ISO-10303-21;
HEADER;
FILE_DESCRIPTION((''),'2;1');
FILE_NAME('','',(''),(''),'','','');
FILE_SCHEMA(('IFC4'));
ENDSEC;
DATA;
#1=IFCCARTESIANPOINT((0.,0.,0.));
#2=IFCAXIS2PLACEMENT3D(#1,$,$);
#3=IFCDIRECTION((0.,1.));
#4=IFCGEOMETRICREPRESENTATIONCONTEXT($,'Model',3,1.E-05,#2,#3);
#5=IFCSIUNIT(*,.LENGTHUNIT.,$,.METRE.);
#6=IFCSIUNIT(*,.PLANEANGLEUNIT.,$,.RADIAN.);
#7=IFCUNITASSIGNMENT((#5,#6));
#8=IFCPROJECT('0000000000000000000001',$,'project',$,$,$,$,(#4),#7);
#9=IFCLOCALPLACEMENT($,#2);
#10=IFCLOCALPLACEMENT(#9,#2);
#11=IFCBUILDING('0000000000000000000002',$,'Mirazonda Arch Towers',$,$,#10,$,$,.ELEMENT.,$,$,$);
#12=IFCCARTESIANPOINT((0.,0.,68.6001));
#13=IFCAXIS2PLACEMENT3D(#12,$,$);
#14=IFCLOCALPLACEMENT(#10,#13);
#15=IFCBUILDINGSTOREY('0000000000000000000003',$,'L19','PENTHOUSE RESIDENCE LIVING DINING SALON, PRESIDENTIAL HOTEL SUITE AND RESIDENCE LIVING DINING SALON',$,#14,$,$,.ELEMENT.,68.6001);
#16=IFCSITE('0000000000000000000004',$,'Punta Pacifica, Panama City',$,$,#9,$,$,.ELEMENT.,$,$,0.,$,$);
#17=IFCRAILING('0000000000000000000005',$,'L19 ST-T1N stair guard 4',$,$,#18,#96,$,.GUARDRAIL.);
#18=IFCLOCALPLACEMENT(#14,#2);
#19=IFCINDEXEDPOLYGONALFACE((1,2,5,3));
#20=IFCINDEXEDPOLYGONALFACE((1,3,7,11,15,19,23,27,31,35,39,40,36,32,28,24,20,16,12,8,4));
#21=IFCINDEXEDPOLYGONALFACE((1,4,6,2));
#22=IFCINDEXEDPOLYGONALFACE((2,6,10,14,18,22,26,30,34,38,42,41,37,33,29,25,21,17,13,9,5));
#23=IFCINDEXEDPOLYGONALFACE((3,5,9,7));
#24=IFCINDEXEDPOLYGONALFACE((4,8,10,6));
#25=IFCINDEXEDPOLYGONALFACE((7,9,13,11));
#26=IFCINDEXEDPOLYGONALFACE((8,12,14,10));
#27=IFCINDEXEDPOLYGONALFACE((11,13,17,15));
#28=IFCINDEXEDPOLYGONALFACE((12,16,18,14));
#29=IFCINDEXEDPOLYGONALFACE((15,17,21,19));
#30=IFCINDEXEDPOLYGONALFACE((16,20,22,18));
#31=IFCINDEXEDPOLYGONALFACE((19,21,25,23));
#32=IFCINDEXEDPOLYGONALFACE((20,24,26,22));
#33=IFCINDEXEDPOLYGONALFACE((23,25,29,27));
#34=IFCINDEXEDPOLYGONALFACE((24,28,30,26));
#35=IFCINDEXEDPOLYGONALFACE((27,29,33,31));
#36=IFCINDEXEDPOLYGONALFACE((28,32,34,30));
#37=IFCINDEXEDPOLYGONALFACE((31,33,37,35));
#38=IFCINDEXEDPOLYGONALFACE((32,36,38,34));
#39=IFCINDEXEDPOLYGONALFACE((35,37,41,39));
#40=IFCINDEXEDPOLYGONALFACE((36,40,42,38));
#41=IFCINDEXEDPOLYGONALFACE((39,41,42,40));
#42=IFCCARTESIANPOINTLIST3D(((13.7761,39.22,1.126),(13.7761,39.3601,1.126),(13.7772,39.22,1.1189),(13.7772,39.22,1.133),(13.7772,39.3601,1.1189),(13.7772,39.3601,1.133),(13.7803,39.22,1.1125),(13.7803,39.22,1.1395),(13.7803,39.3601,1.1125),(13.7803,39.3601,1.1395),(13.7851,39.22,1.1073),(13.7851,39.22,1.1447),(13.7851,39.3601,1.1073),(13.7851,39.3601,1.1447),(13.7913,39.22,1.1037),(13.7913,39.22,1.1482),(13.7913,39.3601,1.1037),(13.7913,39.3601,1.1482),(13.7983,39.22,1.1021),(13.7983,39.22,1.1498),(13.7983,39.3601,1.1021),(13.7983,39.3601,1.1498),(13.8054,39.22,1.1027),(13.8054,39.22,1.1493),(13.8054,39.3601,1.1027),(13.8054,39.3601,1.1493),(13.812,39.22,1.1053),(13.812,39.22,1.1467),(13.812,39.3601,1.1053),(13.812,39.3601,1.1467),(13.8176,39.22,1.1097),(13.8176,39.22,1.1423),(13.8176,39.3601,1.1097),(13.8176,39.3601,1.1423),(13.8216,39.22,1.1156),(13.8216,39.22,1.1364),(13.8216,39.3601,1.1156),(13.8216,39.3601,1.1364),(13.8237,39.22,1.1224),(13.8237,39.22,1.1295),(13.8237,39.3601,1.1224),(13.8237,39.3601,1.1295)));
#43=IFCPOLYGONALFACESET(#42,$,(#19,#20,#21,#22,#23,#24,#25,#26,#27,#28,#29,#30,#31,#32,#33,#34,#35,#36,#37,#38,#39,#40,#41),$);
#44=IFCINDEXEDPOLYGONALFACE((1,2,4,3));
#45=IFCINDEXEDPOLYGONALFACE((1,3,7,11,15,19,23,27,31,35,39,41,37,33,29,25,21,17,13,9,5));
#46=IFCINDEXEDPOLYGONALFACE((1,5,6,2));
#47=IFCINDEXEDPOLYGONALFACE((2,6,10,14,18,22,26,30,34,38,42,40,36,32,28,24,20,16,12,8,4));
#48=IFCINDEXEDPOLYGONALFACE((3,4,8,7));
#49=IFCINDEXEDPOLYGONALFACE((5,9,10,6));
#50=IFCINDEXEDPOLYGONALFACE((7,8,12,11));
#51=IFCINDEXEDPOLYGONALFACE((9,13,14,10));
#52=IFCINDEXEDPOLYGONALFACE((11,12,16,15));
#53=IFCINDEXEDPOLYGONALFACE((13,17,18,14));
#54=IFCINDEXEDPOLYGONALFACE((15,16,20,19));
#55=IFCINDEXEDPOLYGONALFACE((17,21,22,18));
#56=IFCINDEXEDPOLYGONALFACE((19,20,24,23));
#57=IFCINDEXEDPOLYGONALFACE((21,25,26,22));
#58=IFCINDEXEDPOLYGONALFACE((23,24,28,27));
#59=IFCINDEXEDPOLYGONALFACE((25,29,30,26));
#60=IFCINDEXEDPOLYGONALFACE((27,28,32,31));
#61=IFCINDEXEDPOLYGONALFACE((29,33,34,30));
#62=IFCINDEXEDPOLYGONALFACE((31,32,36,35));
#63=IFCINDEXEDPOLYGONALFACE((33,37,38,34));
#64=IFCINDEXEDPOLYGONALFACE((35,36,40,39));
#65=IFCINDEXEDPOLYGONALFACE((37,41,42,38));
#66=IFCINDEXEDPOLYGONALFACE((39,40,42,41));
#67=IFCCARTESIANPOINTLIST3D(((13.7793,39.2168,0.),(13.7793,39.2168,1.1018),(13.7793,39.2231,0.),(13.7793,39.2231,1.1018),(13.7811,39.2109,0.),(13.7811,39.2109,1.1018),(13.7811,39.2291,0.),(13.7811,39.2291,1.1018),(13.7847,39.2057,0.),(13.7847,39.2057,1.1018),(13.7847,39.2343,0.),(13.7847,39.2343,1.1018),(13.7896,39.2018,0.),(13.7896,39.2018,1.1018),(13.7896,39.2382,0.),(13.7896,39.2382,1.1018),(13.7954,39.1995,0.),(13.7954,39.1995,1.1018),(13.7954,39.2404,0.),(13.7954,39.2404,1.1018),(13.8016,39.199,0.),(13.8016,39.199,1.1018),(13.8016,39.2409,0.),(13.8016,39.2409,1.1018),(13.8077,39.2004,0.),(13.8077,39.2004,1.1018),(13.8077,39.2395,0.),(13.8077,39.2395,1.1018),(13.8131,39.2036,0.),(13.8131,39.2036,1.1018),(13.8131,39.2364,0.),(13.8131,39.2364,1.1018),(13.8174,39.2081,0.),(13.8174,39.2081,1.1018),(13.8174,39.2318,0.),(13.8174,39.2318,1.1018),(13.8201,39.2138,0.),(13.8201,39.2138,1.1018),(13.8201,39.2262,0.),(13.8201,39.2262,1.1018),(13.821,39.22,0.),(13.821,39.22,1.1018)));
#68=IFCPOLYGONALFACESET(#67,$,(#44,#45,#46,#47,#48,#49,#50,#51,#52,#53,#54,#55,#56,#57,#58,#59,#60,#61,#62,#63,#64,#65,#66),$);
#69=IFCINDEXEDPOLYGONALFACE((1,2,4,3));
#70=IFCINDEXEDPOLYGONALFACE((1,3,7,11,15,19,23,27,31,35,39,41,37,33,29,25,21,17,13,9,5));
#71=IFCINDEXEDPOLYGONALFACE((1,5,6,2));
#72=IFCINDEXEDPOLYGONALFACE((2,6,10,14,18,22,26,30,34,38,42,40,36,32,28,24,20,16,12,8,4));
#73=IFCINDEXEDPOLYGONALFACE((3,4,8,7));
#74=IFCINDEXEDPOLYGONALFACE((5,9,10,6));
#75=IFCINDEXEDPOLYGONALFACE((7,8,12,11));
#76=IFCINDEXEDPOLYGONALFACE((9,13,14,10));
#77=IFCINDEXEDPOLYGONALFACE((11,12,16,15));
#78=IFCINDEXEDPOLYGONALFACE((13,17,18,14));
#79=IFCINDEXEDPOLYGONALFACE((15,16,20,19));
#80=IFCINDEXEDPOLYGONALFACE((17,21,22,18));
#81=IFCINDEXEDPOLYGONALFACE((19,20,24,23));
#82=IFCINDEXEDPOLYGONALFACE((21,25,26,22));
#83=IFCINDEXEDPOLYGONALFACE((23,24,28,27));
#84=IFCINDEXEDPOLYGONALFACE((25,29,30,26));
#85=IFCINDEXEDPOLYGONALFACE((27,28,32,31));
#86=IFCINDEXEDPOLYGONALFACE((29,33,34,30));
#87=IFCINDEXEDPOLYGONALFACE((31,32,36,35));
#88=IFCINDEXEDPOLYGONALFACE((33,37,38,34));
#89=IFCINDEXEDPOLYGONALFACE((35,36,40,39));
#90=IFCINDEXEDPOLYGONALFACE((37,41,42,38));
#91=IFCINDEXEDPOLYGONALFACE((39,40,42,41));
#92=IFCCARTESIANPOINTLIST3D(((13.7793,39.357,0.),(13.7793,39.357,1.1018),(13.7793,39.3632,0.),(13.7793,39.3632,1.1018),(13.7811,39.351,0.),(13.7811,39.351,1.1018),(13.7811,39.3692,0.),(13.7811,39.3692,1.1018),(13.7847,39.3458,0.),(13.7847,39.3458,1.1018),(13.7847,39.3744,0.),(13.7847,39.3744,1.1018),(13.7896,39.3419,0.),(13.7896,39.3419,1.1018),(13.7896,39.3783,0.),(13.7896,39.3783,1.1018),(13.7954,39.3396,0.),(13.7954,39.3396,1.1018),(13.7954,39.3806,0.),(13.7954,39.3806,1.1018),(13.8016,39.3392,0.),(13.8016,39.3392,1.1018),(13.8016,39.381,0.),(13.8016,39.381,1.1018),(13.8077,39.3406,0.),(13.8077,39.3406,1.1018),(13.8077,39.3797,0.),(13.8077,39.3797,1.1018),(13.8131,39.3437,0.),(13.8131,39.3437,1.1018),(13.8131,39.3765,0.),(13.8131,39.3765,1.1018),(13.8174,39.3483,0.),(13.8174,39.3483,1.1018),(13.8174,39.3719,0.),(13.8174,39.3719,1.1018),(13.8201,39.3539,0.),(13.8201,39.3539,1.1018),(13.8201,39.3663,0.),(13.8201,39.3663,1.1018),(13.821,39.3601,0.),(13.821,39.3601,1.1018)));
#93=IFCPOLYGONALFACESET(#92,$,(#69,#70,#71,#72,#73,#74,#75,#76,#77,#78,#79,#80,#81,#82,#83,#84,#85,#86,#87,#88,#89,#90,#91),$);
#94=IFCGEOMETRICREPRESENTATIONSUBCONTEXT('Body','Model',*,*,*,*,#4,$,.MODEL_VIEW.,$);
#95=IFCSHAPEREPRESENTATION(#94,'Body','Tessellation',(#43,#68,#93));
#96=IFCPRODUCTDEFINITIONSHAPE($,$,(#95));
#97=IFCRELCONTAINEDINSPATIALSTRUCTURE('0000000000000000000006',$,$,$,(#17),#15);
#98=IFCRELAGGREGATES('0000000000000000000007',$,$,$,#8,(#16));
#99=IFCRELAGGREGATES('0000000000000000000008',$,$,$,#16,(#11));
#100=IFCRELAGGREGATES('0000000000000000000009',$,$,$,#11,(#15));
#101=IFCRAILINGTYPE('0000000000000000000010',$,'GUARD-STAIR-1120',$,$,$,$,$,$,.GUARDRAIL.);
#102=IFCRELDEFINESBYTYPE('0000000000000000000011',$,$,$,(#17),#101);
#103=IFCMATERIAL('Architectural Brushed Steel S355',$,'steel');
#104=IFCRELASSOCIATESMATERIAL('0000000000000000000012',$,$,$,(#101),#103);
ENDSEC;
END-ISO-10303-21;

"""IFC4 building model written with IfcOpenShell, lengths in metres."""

from ifc_helpers import new_model, si_unit, direction, frame, origin, origin_2d, place, context, subcontext, project, spatial, circle, extrude, material, type_object, element, save


model = new_model("IFC4")

# Units and contexts
model_context = context("Model", 3, precision=1e-05, world=origin(), true_north=direction((0.0, 1.0)))
body_context = subcontext(model_context, "Body", "Model", "MODEL_VIEW")
ifc_project = project(units=[si_unit("LENGTHUNIT", "METRE"), si_unit("PLANEANGLEUNIT", "RADIAN")], contexts=[model_context])

# Site, building, storey
site_placement = place(None, origin())
site = spatial("IfcSite", under=ifc_project, at=site_placement, Name="Punta Pacifica, Panama City", CompositionType="ELEMENT", RefElevation=0.0)
building_placement = place(site_placement, origin())
building = spatial("IfcBuilding", under=site, at=building_placement, Name="Mirazonda Arch Towers", CompositionType="ELEMENT")
storey_placement = place(building_placement, frame((0.0, 0.0, 68.6001)))
storey = spatial("IfcBuildingStorey", under=building, at=storey_placement, Name="L19", Description="PENTHOUSE RESIDENCE LIVING DINING SALON, PRESIDENTIAL HOTEL SUITE AND RESIDENCE LIVING DINING SALON", CompositionType="ELEMENT", Elevation=68.6001)

# Shared definitions
ifc_material_1 = material(Name="Architectural Brushed Steel S355", Category="steel")

# Railing
railing_type = type_object("IfcRailingType", Name="GUARD-STAIR-1120", PredefinedType="GUARDRAIL", material=ifc_material_1)
railing_1_placement = place(storey_placement, frame((13.8, 39.22, 0.0)))
element("IfcRailing", 1, at=railing_1_placement, inside=storey, type_object=railing_type, Name="L19 ST-T1N stair guard 4", PredefinedType="GUARDRAIL", context=body_context, shape_type="SweptSolid", body=[
    extrude(circle(Radius=0.0239, at=origin_2d()), frame((0.0, 0.0, 1.126), z_axis=(0.0, 1.0, 0.0), x_axis=(-1.0, 0.0, 0.0)), (0.0, 0.0, 1.0), 0.1401),
    extrude(circle(Radius=0.021, at=origin_2d()), origin(), (0.0, 0.0, 1.0), 1.1018),
    extrude(circle(Radius=0.021, at=origin_2d()), frame((0.0, 0.1401, 0.0)), (0.0, 0.0, 1.0), 1.1018),
])

save(model, "model.ifc")
